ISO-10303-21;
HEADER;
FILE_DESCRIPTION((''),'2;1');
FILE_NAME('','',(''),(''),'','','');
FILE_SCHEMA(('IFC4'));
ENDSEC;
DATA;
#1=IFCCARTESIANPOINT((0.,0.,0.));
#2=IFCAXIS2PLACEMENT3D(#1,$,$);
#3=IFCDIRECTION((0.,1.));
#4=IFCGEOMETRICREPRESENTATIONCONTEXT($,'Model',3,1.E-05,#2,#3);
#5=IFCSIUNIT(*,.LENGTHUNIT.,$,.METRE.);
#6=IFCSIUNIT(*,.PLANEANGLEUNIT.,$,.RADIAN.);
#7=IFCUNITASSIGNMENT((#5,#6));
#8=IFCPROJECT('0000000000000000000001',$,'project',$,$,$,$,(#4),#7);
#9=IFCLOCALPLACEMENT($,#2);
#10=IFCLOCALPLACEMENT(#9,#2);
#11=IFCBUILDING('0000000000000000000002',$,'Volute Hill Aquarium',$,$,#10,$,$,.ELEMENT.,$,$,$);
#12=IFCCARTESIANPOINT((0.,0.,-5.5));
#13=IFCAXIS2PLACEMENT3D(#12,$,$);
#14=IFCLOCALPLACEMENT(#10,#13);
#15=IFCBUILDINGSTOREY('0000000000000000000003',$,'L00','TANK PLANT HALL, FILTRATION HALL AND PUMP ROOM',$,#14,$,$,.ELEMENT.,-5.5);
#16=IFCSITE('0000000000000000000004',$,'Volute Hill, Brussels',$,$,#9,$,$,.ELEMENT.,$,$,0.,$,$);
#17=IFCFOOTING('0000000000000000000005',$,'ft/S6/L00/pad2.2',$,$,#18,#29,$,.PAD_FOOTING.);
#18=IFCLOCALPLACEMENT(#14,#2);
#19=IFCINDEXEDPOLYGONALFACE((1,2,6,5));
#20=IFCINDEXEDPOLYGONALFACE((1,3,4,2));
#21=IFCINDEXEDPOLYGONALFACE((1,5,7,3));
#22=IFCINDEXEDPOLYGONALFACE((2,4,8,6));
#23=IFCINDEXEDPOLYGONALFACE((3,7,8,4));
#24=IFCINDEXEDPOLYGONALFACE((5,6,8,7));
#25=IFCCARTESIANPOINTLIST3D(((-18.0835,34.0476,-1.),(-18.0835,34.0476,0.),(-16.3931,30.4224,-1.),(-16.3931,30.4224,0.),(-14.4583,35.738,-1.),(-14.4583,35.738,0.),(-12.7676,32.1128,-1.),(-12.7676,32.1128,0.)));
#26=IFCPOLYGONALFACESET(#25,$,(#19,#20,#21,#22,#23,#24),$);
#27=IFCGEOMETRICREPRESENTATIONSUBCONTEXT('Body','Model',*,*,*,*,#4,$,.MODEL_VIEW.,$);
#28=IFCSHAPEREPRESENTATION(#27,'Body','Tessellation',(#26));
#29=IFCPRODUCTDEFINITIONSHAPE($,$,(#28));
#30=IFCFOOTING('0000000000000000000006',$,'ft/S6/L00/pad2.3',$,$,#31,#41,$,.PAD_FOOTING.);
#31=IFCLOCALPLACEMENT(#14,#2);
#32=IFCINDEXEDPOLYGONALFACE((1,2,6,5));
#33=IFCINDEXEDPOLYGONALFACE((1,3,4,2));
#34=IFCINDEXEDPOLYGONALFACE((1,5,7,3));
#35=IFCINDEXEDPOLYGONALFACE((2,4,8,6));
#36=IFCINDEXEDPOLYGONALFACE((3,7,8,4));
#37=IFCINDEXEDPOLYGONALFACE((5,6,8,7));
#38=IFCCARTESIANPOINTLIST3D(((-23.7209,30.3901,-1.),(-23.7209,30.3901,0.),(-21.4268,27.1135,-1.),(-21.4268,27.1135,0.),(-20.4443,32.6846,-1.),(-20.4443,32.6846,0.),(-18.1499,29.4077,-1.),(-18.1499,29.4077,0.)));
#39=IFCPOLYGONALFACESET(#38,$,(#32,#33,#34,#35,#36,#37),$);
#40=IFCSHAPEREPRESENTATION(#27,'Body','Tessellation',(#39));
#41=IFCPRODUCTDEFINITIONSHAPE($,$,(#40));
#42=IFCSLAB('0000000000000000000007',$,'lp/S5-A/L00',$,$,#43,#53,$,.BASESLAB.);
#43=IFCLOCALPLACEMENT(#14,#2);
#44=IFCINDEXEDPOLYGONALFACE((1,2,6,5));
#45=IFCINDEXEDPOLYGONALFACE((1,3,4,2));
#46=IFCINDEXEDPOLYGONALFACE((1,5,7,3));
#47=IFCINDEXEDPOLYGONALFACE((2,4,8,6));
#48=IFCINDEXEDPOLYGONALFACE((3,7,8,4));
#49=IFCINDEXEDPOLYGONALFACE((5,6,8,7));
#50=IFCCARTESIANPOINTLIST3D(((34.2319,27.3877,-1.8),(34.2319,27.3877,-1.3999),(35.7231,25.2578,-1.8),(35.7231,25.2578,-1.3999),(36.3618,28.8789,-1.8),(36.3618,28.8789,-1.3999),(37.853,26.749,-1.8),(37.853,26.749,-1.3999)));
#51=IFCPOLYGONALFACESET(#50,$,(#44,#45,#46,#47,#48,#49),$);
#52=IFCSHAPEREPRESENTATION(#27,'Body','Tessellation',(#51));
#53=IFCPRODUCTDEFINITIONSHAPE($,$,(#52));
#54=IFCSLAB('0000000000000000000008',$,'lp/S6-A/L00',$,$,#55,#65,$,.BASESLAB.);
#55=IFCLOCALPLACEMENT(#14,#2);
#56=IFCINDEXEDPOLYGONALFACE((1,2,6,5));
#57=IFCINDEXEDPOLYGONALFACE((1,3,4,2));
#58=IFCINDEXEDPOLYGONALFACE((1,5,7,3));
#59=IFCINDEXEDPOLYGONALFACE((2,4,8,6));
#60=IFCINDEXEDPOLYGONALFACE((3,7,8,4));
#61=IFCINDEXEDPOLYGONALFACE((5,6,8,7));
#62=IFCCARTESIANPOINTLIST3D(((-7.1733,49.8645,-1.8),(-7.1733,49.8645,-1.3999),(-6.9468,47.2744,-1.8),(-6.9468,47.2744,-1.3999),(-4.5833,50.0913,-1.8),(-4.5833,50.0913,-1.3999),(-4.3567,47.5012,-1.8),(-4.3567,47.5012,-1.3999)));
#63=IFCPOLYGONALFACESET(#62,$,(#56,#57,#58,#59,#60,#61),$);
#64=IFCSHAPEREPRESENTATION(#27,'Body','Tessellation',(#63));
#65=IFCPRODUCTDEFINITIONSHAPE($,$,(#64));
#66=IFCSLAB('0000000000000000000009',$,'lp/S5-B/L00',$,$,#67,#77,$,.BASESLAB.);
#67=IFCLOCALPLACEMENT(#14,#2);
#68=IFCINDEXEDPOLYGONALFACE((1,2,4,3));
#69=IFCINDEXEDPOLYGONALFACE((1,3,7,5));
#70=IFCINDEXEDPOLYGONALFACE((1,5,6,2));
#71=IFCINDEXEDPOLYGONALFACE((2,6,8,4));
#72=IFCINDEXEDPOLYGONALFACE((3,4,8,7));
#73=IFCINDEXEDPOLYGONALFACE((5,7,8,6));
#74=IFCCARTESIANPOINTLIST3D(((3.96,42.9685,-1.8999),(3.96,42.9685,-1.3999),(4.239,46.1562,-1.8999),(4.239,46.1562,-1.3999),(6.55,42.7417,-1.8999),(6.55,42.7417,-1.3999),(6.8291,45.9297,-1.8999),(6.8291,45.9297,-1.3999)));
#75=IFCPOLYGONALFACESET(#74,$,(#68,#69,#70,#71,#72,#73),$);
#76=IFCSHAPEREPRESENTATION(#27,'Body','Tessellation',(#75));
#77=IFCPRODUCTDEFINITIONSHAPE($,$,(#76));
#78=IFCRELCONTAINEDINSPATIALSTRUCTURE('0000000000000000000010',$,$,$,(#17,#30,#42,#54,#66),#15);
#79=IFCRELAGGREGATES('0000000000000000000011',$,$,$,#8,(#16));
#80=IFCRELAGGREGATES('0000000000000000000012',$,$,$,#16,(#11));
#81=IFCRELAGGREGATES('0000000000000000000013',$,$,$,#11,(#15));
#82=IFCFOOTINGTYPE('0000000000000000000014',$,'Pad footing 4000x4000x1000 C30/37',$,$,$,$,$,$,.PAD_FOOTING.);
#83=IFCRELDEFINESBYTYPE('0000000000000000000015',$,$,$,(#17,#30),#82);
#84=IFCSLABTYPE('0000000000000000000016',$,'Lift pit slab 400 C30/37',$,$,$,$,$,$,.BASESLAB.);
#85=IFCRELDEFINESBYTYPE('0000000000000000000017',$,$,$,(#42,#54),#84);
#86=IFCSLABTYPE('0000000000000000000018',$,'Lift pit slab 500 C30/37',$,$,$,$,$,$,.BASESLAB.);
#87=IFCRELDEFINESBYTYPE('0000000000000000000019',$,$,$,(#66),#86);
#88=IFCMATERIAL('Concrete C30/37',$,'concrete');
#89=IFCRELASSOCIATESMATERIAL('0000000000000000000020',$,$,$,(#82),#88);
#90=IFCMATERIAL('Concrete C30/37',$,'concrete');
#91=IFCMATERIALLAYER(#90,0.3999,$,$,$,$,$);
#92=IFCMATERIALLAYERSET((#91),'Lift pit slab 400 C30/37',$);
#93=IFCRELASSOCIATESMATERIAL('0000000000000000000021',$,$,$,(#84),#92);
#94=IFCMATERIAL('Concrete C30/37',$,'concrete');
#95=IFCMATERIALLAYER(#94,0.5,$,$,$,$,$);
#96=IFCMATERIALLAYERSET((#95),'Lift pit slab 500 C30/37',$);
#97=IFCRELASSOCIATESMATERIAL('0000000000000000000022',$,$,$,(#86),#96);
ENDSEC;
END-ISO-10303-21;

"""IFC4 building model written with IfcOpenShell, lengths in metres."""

from ifc_helpers import new_model, si_unit, direction, frame, origin, place, context, subcontext, project, spatial, polyline, outline, extrude, material, layer, layer_set, type_object, element, save


model = new_model("IFC4")

# Units and contexts
model_context = context("Model", 3, precision=1e-05, world=origin(), true_north=direction((0.0, 1.0)))
body_context = subcontext(model_context, "Body", "Model", "MODEL_VIEW")
ifc_project = project(units=[si_unit("LENGTHUNIT", "METRE"), si_unit("PLANEANGLEUNIT", "RADIAN")], contexts=[model_context])

# Site, building, storey
site_placement = place(None, origin())
site = spatial("IfcSite", under=ifc_project, at=site_placement, Name="Volute Hill, Brussels", CompositionType="ELEMENT", RefElevation=0.0)
building_placement = place(site_placement, origin())
building = spatial("IfcBuilding", under=site, at=building_placement, Name="Volute Hill Aquarium", CompositionType="ELEMENT")
storey_placement = place(building_placement, frame((0.0, 0.0, -5.5)))
storey = spatial("IfcBuildingStorey", under=building, at=storey_placement, Name="L00", Description="TANK PLANT HALL, FILTRATION HALL AND PUMP ROOM", CompositionType="ELEMENT", Elevation=-5.5)

# Footings
ifc_material_1 = material(Name="Concrete C30/37", Category="concrete")
footing_type_1 = type_object("IfcFootingType", Name="Pad footing 4000x4000x1000 C30/37", PredefinedType="PAD_FOOTING", material=ifc_material_1)
footing_1_placement = place(storey_placement, frame((0.0, 0.0, -1.0)))
element("IfcFooting", 1, at=footing_1_placement, inside=storey, type_object=footing_type_1, Name="ft/S6/L00/pad2.2", PredefinedType="PAD_FOOTING", context=body_context, shape_type="SweptSolid", body=[
    extrude(outline(polyline([(-12.7676, 32.1128), (-14.4583, 35.738), (-18.0835, 34.0476), (-16.3931, 30.4224), (-12.7676, 32.1128)])), origin(), (0.0, 0.0, 1.0), 1.0),
])
footing_2_placement = place(storey_placement, frame((0.0, 0.0, -1.0)))
element("IfcFooting", 2, at=footing_2_placement, inside=storey, type_object=footing_type_1, Name="ft/S6/L00/pad2.3", PredefinedType="PAD_FOOTING", context=body_context, shape_type="SweptSolid", body=[
    extrude(outline(polyline([(-18.1499, 29.4077), (-20.4443, 32.6846), (-23.7209, 30.3901), (-21.4268, 27.1135), (-18.1499, 29.4077)])), origin(), (0.0, 0.0, 1.0), 1.0),
])

# Slabs
ifc_material_2 = material(Name="Concrete C30/37", Category="concrete")
ifc_layer_1 = layer(ifc_material_2, 0.3999)
ifc_layer_set_1 = layer_set([ifc_layer_1], Name="Lift pit slab 400 C30/37")
slab_type_1 = type_object("IfcSlabType", Name="Lift pit slab 400 C30/37", PredefinedType="BASESLAB", material=ifc_layer_set_1)
slab_1_placement = place(storey_placement, frame((0.0, 0.0, -1.8)))
element("IfcSlab", 3, at=slab_1_placement, inside=storey, type_object=slab_type_1, Name="lp/S5-A/L00", PredefinedType="BASESLAB", context=body_context, shape_type="SweptSolid", body=[
    extrude(outline(polyline([(35.7231, 25.2578), (37.853, 26.749), (36.3618, 28.8789), (34.2319, 27.3877), (35.7231, 25.2578)])), origin(), (0.0, 0.0, 1.0), 0.4001),
])
slab_2_placement = place(storey_placement, frame((0.0, 0.0, -1.8)))
element("IfcSlab", 4, at=slab_2_placement, inside=storey, type_object=slab_type_1, Name="lp/S6-A/L00", PredefinedType="BASESLAB", context=body_context, shape_type="SweptSolid", body=[
    extrude(outline(polyline([(-4.3567, 47.5012), (-4.5833, 50.0913), (-7.1733, 49.8645), (-6.9468, 47.2744), (-4.3567, 47.5012)])), origin(), (0.0, 0.0, 1.0), 0.4001),
])
ifc_material_3 = material(Name="Concrete C30/37", Category="concrete")
ifc_layer_2 = layer(ifc_material_3, 0.5)
ifc_layer_set_2 = layer_set([ifc_layer_2], Name="Lift pit slab 500 C30/37")
slab_type_2 = type_object("IfcSlabType", Name="Lift pit slab 500 C30/37", PredefinedType="BASESLAB", material=ifc_layer_set_2)
slab_3_placement = place(storey_placement, frame((0.0, 0.0, -1.8999)))
element("IfcSlab", 5, at=slab_3_placement, inside=storey, type_object=slab_type_2, Name="lp/S5-B/L00", PredefinedType="BASESLAB", context=body_context, shape_type="SweptSolid", body=[
    extrude(outline(polyline([(3.96, 42.9685), (4.239, 46.1562), (6.8291, 45.9297), (6.55, 42.7417), (3.96, 42.9685)])), origin(), (0.0, 0.0, 1.0), 0.5),
])

save(model, "model.ifc")
